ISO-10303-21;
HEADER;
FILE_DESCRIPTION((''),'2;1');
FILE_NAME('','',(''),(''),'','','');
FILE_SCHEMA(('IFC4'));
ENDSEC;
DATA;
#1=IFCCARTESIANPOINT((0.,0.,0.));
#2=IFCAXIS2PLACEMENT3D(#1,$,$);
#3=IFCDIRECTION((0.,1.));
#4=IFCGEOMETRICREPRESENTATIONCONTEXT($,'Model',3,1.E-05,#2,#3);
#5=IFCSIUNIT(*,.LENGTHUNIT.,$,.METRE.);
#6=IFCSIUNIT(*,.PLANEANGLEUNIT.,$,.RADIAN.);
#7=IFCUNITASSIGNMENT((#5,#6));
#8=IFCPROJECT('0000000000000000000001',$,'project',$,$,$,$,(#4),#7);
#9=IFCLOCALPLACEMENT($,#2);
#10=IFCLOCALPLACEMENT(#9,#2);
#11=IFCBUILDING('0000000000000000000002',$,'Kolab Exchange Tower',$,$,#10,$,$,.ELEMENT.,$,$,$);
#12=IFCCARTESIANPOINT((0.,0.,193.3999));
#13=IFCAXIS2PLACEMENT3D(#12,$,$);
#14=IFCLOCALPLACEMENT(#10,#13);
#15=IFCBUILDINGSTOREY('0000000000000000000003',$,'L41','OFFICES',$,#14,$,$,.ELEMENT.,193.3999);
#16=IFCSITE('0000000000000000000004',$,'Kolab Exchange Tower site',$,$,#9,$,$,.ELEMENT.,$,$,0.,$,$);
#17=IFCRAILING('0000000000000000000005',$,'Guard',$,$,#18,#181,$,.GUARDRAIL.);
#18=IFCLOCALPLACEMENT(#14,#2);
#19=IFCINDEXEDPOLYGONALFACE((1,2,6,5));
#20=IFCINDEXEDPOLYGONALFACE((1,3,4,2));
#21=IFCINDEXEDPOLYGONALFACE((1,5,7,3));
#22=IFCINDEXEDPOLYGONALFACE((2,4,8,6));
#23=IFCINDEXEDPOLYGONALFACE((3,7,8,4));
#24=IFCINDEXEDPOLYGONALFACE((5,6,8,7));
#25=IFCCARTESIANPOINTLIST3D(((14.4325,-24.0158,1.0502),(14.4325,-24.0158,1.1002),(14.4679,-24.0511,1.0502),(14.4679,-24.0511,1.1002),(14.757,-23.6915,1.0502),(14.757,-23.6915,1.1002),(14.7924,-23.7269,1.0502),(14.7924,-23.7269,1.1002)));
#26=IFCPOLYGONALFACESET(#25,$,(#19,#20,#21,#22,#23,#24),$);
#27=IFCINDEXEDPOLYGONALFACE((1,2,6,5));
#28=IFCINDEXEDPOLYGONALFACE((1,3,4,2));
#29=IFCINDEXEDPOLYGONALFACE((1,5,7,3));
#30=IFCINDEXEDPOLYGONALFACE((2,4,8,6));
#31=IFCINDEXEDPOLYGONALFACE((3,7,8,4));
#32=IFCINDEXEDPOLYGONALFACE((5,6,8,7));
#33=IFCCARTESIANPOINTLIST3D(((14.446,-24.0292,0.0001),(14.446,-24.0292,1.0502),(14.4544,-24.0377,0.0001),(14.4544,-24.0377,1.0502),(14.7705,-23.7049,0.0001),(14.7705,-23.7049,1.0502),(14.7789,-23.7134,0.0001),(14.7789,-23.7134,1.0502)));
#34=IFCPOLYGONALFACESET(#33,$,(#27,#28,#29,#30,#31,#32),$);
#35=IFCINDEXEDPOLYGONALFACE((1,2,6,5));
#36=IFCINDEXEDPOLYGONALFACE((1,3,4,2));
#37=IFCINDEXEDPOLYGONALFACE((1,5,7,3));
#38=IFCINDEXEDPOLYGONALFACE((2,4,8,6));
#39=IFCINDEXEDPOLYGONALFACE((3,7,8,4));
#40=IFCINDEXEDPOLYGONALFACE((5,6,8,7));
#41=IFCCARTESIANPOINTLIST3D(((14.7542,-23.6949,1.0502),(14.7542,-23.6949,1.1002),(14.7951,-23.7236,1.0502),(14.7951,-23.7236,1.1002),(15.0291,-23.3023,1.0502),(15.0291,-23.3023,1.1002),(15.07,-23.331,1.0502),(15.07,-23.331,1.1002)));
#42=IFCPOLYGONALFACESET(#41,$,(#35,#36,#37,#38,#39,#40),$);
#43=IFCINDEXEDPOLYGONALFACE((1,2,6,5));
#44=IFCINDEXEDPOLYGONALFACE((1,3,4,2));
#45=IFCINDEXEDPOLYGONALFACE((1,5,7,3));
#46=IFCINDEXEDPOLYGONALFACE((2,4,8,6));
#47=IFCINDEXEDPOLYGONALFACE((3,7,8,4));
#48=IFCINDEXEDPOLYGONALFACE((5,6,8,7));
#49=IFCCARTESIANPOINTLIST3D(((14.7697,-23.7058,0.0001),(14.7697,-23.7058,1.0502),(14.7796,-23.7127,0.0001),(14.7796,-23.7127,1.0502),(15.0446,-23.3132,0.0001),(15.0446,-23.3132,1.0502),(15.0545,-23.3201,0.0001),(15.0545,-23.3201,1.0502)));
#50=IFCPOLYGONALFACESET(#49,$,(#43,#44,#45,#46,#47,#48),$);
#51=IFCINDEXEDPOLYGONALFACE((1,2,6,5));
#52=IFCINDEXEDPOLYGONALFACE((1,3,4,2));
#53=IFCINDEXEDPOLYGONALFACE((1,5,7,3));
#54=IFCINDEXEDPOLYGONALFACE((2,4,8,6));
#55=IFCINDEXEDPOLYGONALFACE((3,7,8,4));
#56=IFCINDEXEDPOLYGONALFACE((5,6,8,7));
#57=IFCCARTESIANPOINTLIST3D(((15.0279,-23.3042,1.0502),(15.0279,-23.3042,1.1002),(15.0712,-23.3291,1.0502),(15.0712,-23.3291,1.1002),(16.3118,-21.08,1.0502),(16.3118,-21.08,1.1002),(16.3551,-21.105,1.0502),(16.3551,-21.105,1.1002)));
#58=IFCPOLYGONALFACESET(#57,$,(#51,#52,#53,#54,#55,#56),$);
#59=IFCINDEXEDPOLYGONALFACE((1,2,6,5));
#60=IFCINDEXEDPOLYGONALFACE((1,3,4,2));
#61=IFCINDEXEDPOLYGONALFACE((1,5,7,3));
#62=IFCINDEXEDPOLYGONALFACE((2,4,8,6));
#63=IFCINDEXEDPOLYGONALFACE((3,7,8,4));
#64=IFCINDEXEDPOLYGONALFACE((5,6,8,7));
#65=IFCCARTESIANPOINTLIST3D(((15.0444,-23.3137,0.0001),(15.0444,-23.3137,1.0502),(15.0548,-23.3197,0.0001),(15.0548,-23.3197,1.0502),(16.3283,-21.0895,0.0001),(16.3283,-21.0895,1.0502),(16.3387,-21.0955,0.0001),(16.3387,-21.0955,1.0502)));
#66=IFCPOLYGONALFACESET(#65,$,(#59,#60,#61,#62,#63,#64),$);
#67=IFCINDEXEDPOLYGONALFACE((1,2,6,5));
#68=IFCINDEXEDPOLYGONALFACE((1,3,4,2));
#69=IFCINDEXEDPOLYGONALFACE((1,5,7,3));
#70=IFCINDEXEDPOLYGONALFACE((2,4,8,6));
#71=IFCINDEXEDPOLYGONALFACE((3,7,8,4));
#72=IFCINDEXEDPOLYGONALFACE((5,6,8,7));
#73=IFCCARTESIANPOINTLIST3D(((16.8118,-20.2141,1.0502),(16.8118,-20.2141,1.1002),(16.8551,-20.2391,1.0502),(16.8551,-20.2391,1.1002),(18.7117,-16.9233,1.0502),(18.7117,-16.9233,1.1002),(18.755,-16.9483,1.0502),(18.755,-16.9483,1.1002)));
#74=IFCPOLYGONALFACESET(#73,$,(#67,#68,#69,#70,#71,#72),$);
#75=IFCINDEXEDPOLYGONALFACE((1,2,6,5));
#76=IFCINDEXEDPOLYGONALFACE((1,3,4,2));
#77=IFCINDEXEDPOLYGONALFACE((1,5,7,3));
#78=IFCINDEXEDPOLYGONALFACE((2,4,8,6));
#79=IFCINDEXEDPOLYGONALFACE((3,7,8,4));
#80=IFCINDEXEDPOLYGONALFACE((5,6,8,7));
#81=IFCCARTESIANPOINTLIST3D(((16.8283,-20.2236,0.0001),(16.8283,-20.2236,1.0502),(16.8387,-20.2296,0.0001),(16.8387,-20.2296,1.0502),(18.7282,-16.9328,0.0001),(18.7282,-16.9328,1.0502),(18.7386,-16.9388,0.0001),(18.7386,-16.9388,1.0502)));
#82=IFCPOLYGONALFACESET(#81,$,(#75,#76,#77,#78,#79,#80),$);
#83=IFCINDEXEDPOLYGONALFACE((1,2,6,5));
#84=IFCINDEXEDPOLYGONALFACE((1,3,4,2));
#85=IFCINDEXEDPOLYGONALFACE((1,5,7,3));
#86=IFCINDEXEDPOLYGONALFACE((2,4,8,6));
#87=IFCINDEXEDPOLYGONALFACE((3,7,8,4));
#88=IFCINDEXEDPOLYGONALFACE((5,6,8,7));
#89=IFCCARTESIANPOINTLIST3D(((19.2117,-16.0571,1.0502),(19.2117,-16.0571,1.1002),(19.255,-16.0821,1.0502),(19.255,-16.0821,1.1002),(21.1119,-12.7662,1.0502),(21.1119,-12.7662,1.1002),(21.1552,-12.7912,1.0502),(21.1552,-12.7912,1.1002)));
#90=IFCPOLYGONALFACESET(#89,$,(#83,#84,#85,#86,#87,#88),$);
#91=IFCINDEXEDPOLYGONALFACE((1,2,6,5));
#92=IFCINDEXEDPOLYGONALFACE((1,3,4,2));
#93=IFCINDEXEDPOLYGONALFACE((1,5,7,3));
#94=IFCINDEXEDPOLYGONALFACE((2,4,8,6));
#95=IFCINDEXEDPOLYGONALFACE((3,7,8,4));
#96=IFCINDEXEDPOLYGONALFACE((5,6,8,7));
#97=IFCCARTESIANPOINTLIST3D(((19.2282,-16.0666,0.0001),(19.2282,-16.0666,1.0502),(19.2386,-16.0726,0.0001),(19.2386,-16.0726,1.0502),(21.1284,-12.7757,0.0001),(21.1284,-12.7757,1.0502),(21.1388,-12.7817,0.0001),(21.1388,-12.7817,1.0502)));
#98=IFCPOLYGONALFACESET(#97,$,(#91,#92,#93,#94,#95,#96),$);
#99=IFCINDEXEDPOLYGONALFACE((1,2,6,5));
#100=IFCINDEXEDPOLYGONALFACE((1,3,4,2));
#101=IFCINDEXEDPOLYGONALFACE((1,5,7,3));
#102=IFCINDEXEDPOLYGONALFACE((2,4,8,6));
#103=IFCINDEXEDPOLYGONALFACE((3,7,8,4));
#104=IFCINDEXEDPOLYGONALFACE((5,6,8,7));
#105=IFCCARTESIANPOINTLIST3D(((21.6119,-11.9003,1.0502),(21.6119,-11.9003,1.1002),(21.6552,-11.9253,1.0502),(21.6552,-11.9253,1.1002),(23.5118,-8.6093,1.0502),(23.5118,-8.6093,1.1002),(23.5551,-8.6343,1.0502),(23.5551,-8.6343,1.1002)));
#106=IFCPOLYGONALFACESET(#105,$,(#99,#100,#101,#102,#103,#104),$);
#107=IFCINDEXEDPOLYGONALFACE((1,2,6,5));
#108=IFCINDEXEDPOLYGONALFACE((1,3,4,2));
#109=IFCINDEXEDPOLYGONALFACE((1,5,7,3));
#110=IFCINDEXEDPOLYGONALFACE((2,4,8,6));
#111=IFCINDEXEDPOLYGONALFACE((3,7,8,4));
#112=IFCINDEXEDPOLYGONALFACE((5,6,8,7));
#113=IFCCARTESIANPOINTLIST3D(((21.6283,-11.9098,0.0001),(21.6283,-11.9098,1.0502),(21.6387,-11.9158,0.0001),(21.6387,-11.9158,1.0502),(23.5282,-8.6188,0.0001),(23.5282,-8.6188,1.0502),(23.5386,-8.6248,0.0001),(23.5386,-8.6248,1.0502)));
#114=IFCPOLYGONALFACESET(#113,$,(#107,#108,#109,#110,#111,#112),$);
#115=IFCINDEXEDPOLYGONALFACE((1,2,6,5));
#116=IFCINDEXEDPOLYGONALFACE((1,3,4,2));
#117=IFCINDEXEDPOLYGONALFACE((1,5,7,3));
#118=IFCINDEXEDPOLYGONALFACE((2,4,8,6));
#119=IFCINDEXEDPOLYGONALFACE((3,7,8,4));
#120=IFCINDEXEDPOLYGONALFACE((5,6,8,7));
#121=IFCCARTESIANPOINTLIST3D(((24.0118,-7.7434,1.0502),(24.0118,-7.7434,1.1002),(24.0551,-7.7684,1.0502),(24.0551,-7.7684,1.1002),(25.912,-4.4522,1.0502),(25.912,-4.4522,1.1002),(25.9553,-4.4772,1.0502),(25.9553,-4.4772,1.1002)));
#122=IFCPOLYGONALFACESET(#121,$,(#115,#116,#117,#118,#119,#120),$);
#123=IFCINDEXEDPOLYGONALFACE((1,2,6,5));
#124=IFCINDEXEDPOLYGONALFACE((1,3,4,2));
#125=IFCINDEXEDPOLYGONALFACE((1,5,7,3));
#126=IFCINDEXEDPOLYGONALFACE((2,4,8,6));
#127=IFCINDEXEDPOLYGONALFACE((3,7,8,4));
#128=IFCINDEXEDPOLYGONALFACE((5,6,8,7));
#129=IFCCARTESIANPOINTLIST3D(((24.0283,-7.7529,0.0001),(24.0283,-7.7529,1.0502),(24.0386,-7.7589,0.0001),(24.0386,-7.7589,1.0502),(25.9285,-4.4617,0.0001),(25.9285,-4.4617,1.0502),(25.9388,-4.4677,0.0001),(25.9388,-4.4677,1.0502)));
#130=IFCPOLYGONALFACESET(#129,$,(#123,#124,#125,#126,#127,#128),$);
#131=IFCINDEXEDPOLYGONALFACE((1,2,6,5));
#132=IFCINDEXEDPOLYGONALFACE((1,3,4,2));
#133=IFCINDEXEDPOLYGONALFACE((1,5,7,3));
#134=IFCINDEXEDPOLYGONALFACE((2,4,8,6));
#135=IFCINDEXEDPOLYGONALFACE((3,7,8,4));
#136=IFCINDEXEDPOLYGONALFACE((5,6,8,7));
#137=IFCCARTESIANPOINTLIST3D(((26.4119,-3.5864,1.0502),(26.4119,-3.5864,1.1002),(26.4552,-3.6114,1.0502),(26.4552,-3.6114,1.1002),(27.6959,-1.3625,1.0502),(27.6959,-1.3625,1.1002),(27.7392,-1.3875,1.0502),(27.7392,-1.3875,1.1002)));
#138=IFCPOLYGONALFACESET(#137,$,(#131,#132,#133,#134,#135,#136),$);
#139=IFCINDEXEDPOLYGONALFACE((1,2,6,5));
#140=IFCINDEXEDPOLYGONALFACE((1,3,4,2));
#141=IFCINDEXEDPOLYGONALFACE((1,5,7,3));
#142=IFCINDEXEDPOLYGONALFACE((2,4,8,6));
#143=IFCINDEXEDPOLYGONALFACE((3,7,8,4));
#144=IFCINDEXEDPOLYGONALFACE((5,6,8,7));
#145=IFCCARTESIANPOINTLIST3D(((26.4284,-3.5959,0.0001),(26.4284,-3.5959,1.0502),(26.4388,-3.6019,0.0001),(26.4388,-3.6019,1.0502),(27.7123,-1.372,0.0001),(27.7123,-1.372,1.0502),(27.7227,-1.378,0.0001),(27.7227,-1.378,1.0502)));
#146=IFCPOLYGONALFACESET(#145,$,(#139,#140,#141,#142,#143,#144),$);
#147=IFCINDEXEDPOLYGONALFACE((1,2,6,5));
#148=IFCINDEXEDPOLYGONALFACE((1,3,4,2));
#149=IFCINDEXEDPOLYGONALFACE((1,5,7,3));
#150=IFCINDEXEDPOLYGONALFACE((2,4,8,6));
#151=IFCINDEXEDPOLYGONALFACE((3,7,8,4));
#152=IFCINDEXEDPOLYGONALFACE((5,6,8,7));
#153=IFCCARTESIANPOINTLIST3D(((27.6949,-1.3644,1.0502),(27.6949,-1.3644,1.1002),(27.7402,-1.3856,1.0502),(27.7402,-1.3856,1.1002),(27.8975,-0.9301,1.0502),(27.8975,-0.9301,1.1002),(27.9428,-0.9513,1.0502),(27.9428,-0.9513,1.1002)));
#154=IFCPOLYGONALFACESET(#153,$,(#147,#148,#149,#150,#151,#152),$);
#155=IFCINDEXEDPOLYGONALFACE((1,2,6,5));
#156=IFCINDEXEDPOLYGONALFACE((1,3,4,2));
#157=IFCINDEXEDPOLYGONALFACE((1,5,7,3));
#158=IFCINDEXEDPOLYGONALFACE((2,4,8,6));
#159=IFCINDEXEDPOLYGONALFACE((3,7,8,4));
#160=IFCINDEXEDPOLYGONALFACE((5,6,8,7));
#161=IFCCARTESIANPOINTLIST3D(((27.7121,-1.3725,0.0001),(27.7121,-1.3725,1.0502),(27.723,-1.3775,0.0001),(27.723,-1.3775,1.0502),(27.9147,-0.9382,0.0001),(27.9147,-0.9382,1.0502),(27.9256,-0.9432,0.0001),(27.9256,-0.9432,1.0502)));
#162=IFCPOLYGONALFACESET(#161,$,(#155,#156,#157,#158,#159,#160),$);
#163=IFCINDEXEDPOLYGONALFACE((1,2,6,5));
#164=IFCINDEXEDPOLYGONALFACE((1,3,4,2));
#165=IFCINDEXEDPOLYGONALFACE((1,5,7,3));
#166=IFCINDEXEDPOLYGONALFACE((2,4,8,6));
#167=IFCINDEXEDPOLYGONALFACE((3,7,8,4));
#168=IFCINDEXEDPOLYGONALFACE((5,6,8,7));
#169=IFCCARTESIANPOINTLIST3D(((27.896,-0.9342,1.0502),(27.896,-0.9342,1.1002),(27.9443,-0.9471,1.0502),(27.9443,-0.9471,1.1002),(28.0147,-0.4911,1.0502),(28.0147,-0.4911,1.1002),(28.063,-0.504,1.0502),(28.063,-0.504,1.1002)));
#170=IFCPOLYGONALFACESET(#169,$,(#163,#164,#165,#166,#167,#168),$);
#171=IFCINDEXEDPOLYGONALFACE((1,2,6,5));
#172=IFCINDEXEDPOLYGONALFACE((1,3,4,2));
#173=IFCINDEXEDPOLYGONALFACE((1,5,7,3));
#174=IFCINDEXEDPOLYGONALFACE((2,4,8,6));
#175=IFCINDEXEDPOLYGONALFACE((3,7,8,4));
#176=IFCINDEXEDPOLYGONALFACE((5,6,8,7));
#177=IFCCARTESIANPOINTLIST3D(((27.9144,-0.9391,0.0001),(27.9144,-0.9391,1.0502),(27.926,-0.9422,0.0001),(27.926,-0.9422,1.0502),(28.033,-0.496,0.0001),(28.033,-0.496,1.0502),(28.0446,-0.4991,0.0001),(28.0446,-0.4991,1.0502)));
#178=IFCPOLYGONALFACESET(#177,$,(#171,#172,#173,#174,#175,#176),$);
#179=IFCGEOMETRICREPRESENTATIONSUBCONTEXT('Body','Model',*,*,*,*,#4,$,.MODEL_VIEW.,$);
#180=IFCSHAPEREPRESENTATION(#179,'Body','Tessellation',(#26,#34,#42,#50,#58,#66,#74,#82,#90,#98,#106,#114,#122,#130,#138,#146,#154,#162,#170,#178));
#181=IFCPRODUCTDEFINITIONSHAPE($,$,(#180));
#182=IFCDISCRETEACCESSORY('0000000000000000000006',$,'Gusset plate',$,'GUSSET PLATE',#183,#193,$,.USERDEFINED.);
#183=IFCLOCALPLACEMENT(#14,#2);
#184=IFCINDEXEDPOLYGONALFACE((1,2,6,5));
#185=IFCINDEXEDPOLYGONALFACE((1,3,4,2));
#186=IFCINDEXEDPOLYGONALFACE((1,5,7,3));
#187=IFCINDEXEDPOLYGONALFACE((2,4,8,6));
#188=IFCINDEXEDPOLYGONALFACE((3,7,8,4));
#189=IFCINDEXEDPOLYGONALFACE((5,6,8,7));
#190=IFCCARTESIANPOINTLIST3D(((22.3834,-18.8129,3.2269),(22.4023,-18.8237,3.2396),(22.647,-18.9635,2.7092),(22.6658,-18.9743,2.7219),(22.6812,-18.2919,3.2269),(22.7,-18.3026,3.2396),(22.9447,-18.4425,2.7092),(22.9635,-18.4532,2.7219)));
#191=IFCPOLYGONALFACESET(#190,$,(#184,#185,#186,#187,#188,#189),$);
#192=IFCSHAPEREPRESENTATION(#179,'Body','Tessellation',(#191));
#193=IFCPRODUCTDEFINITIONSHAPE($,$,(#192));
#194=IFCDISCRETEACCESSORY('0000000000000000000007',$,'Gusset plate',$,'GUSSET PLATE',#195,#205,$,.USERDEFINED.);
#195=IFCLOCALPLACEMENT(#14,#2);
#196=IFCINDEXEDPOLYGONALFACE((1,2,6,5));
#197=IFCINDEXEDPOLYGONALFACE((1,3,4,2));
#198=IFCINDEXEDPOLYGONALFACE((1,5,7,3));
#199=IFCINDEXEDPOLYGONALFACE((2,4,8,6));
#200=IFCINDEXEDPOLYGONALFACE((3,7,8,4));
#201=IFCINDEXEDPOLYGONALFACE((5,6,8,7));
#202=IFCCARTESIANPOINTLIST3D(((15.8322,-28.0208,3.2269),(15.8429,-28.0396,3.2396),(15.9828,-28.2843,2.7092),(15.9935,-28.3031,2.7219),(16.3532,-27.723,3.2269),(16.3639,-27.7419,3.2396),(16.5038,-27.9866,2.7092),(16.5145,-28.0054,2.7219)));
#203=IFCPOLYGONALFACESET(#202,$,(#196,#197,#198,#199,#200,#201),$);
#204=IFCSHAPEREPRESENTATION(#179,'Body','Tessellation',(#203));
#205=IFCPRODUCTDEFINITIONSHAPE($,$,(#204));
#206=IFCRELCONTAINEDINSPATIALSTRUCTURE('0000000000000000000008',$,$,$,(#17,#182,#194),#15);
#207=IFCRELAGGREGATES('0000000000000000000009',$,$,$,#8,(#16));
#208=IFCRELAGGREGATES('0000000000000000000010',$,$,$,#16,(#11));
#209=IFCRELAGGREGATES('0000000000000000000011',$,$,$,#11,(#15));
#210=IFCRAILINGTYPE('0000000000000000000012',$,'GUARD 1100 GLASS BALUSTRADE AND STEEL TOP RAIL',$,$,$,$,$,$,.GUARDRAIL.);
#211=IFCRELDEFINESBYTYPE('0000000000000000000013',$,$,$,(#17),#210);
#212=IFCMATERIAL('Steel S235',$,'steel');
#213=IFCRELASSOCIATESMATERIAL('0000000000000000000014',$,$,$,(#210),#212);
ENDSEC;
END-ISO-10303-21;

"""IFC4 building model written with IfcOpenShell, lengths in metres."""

from ifc_helpers import new_model, si_unit, direction, frame, frame_2d, origin, origin_2d, place, context, subcontext, project, spatial, rectangle, extrude, material, type_object, element, save


model = new_model("IFC4")

# Units and contexts
model_context = context("Model", 3, precision=1e-05, world=origin(), true_north=direction((0.0, 1.0)))
body_context = subcontext(model_context, "Body", "Model", "MODEL_VIEW")
ifc_project = project(units=[si_unit("LENGTHUNIT", "METRE"), si_unit("PLANEANGLEUNIT", "RADIAN")], contexts=[model_context])

# Site, building, storey
site_placement = place(None, origin())
site = spatial("IfcSite", under=ifc_project, at=site_placement, Name="Kolab Exchange Tower site", CompositionType="ELEMENT", RefElevation=0.0)
building_placement = place(site_placement, origin())
building = spatial("IfcBuilding", under=site, at=building_placement, Name="Kolab Exchange Tower", CompositionType="ELEMENT")
storey_placement = place(building_placement, frame((0.0, 0.0, 193.3999)))
storey = spatial("IfcBuildingStorey", under=building, at=storey_placement, Name="L41", Description="OFFICES", CompositionType="ELEMENT", Elevation=193.3999)

# Railing
ifc_material_1 = material(Name="Steel S235", Category="steel")
railing_type = type_object("IfcRailingType", Name="GUARD 1100 GLASS BALUSTRADE AND STEEL TOP RAIL", PredefinedType="GUARDRAIL", material=ifc_material_1)
railing_placement = place(storey_placement, frame((14.4502, -24.0334, 0.0)))
element("IfcRailing", 1, at=railing_placement, inside=storey, type_object=railing_type, Name="Guard", PredefinedType="GUARDRAIL", context=body_context, shape_type="SweptSolid", body=[
    extrude(rectangle(XDim=0.05, YDim=0.05, at=origin_2d()), frame((0.0, 0.0, 1.0752), z_axis=(0.707373, 0.706841, 0.0), x_axis=(-0.706841, 0.707373, 0.0)), (0.0, 0.0, 1.0), 0.4587),
    extrude(rectangle(XDim=0.012, YDim=1.0501, at=frame_2d((0.0, 0.5251))), frame((0.0, 0.0, 0.0), z_axis=(0.707373, 0.706841, 0.0), x_axis=(-0.706841, 0.707373, 0.0)), (0.0, 0.0, 1.0), 0.4587),
    extrude(rectangle(XDim=0.05, YDim=0.05, at=origin_2d()), frame((0.3245, 0.3242, 1.0752), z_axis=(0.573599, 0.819136, 0.0), x_axis=(-0.819136, 0.573599, 0.0)), (0.0, 0.0, 1.0), 0.4792),
    extrude(rectangle(XDim=0.012, YDim=1.0501, at=frame_2d((0.0, 0.5251))), frame((0.3245, 0.3242, 0.0), z_axis=(0.573599, 0.819136, 0.0), x_axis=(-0.819136, 0.573599, 0.0)), (0.0, 0.0, 1.0), 0.4792),
    extrude(rectangle(XDim=0.05, YDim=0.05, at=origin_2d()), frame((0.5994, 0.7168, 1.0752), z_axis=(0.499953, 0.866053, 0.0), x_axis=(-0.866053, 0.499953, 0.0)), (0.0, 0.0, 1.0), 2.5681),
    extrude(rectangle(XDim=0.012, YDim=1.0501, at=frame_2d((0.0, 0.5251))), frame((0.5994, 0.7168, 0.0), z_axis=(0.499953, 0.866053, 0.0), x_axis=(-0.866053, 0.499953, 0.0)), (0.0, 0.0, 1.0), 2.5681),
    extrude(rectangle(XDim=0.05, YDim=0.05, at=origin_2d()), frame((2.3833, 3.8069, 1.0752), z_axis=(0.499995, 0.866028, 0.0), x_axis=(-0.866028, 0.499995, 0.0)), (0.0, 0.0, 1.0), 3.7998),
    extrude(rectangle(XDim=0.012, YDim=1.0501, at=frame_2d((0.0, 0.5251))), frame((2.3833, 3.8069, 0.0), z_axis=(0.499995, 0.866028, 0.0), x_axis=(-0.866028, 0.499995, 0.0)), (0.0, 0.0, 1.0), 3.7998),
    extrude(rectangle(XDim=0.05, YDim=0.05, at=origin_2d()), frame((4.7832, 7.9639, 1.0752), z_axis=(0.500043, 0.866, 0.0), x_axis=(-0.866, 0.500043, 0.0)), (0.0, 0.0, 1.0), 3.8),
    extrude(rectangle(XDim=0.012, YDim=1.0501, at=frame_2d((0.0, 0.5251))), frame((4.7832, 7.9639, 0.0), z_axis=(0.500043, 0.866, 0.0), x_axis=(-0.866, 0.500043, 0.0)), (0.0, 0.0, 1.0), 3.8),
    extrude(rectangle(XDim=0.05, YDim=0.05, at=origin_2d()), frame((7.1833, 12.1206, 1.0752), z_axis=(0.499967, 0.866044, 0.0), x_axis=(-0.866044, 0.499967, 0.0)), (0.0, 0.0, 1.0), 3.8),
    extrude(rectangle(XDim=0.012, YDim=1.0501, at=frame_2d((0.0, 0.5251))), frame((7.1833, 12.1206, 0.0), z_axis=(0.499967, 0.866044, 0.0), x_axis=(-0.866044, 0.499967, 0.0)), (0.0, 0.0, 1.0), 3.8),
    extrude(rectangle(XDim=0.05, YDim=0.05, at=origin_2d()), frame((9.5833, 16.2776, 1.0752), z_axis=(0.500015, 0.866017, 0.0), x_axis=(-0.866017, 0.500015, 0.0)), (0.0, 0.0, 1.0), 3.8003),
    extrude(rectangle(XDim=0.012, YDim=1.0501, at=frame_2d((0.0, 0.5251))), frame((9.5833, 16.2776, 0.0), z_axis=(0.500015, 0.866017, 0.0), x_axis=(-0.866017, 0.500015, 0.0)), (0.0, 0.0, 1.0), 3.8003),
    extrude(rectangle(XDim=0.05, YDim=0.05, at=origin_2d()), frame((11.9834, 20.4346, 1.0752), z_axis=(0.499994, 0.866029, 0.0), x_axis=(-0.866029, 0.499994, 0.0)), (0.0, 0.0, 1.0), 2.5679),
    extrude(rectangle(XDim=0.012, YDim=1.0501, at=frame_2d((0.0, 0.5251))), frame((11.9834, 20.4346, 0.0), z_axis=(0.499994, 0.866029, 0.0), x_axis=(-0.866029, 0.499994, 0.0)), (0.0, 0.0, 1.0), 2.5679),
    extrude(rectangle(XDim=0.05, YDim=0.05, at=origin_2d()), frame((13.2673, 22.6584, 1.0752), z_axis=(0.422802, 0.906222, 0.0), x_axis=(-0.906222, 0.422802, 0.0)), (0.0, 0.0, 1.0), 0.4792),
    extrude(rectangle(XDim=0.012, YDim=1.0501, at=frame_2d((0.0, 0.5251))), frame((13.2673, 22.6584, 0.0), z_axis=(0.422802, 0.906222, 0.0), x_axis=(-0.906222, 0.422802, 0.0)), (0.0, 0.0, 1.0), 0.4792),
    extrude(rectangle(XDim=0.05, YDim=0.05, at=origin_2d()), frame((13.47, 23.0928, 1.0752), z_axis=(0.258656, 0.965969, 0.0), x_axis=(-0.965969, 0.258656, 0.0)), (0.0, 0.0, 1.0), 0.4587),
    extrude(rectangle(XDim=0.012, YDim=1.0501, at=frame_2d((0.0, 0.5251))), frame((13.47, 23.0928, 0.0), z_axis=(0.258656, 0.965969, 0.0), x_axis=(-0.965969, 0.258656, 0.0)), (0.0, 0.0, 1.0), 0.4587),
])

# Discrete accessories
for number, where, z_axis, x_axis, name in (
    (2, (22.6641, -18.6277, 2.968), (0.748986, -0.427992, 0.505809), (0.496139, 0.868243, 0.0), "Gusset plate"),
    (3, (16.168, -28.0037, 2.968), (0.427992, -0.748986, 0.505809), (0.868243, 0.496139, 0.0), "Gusset plate"),
):
    element("IfcDiscreteAccessory", number, at=place(storey_placement, frame(where, z_axis=z_axis, x_axis=x_axis)), inside=storey, Name=name, ObjectType="GUSSET PLATE", PredefinedType="USERDEFINED", context=body_context, shape_type="SweptSolid", body=[
        extrude(rectangle(XDim=0.6001, YDim=0.6001, at=origin_2d()), origin(), (0.0, 0.0, 1.0), 0.0251),
    ])

save(model, "model.ifc")
